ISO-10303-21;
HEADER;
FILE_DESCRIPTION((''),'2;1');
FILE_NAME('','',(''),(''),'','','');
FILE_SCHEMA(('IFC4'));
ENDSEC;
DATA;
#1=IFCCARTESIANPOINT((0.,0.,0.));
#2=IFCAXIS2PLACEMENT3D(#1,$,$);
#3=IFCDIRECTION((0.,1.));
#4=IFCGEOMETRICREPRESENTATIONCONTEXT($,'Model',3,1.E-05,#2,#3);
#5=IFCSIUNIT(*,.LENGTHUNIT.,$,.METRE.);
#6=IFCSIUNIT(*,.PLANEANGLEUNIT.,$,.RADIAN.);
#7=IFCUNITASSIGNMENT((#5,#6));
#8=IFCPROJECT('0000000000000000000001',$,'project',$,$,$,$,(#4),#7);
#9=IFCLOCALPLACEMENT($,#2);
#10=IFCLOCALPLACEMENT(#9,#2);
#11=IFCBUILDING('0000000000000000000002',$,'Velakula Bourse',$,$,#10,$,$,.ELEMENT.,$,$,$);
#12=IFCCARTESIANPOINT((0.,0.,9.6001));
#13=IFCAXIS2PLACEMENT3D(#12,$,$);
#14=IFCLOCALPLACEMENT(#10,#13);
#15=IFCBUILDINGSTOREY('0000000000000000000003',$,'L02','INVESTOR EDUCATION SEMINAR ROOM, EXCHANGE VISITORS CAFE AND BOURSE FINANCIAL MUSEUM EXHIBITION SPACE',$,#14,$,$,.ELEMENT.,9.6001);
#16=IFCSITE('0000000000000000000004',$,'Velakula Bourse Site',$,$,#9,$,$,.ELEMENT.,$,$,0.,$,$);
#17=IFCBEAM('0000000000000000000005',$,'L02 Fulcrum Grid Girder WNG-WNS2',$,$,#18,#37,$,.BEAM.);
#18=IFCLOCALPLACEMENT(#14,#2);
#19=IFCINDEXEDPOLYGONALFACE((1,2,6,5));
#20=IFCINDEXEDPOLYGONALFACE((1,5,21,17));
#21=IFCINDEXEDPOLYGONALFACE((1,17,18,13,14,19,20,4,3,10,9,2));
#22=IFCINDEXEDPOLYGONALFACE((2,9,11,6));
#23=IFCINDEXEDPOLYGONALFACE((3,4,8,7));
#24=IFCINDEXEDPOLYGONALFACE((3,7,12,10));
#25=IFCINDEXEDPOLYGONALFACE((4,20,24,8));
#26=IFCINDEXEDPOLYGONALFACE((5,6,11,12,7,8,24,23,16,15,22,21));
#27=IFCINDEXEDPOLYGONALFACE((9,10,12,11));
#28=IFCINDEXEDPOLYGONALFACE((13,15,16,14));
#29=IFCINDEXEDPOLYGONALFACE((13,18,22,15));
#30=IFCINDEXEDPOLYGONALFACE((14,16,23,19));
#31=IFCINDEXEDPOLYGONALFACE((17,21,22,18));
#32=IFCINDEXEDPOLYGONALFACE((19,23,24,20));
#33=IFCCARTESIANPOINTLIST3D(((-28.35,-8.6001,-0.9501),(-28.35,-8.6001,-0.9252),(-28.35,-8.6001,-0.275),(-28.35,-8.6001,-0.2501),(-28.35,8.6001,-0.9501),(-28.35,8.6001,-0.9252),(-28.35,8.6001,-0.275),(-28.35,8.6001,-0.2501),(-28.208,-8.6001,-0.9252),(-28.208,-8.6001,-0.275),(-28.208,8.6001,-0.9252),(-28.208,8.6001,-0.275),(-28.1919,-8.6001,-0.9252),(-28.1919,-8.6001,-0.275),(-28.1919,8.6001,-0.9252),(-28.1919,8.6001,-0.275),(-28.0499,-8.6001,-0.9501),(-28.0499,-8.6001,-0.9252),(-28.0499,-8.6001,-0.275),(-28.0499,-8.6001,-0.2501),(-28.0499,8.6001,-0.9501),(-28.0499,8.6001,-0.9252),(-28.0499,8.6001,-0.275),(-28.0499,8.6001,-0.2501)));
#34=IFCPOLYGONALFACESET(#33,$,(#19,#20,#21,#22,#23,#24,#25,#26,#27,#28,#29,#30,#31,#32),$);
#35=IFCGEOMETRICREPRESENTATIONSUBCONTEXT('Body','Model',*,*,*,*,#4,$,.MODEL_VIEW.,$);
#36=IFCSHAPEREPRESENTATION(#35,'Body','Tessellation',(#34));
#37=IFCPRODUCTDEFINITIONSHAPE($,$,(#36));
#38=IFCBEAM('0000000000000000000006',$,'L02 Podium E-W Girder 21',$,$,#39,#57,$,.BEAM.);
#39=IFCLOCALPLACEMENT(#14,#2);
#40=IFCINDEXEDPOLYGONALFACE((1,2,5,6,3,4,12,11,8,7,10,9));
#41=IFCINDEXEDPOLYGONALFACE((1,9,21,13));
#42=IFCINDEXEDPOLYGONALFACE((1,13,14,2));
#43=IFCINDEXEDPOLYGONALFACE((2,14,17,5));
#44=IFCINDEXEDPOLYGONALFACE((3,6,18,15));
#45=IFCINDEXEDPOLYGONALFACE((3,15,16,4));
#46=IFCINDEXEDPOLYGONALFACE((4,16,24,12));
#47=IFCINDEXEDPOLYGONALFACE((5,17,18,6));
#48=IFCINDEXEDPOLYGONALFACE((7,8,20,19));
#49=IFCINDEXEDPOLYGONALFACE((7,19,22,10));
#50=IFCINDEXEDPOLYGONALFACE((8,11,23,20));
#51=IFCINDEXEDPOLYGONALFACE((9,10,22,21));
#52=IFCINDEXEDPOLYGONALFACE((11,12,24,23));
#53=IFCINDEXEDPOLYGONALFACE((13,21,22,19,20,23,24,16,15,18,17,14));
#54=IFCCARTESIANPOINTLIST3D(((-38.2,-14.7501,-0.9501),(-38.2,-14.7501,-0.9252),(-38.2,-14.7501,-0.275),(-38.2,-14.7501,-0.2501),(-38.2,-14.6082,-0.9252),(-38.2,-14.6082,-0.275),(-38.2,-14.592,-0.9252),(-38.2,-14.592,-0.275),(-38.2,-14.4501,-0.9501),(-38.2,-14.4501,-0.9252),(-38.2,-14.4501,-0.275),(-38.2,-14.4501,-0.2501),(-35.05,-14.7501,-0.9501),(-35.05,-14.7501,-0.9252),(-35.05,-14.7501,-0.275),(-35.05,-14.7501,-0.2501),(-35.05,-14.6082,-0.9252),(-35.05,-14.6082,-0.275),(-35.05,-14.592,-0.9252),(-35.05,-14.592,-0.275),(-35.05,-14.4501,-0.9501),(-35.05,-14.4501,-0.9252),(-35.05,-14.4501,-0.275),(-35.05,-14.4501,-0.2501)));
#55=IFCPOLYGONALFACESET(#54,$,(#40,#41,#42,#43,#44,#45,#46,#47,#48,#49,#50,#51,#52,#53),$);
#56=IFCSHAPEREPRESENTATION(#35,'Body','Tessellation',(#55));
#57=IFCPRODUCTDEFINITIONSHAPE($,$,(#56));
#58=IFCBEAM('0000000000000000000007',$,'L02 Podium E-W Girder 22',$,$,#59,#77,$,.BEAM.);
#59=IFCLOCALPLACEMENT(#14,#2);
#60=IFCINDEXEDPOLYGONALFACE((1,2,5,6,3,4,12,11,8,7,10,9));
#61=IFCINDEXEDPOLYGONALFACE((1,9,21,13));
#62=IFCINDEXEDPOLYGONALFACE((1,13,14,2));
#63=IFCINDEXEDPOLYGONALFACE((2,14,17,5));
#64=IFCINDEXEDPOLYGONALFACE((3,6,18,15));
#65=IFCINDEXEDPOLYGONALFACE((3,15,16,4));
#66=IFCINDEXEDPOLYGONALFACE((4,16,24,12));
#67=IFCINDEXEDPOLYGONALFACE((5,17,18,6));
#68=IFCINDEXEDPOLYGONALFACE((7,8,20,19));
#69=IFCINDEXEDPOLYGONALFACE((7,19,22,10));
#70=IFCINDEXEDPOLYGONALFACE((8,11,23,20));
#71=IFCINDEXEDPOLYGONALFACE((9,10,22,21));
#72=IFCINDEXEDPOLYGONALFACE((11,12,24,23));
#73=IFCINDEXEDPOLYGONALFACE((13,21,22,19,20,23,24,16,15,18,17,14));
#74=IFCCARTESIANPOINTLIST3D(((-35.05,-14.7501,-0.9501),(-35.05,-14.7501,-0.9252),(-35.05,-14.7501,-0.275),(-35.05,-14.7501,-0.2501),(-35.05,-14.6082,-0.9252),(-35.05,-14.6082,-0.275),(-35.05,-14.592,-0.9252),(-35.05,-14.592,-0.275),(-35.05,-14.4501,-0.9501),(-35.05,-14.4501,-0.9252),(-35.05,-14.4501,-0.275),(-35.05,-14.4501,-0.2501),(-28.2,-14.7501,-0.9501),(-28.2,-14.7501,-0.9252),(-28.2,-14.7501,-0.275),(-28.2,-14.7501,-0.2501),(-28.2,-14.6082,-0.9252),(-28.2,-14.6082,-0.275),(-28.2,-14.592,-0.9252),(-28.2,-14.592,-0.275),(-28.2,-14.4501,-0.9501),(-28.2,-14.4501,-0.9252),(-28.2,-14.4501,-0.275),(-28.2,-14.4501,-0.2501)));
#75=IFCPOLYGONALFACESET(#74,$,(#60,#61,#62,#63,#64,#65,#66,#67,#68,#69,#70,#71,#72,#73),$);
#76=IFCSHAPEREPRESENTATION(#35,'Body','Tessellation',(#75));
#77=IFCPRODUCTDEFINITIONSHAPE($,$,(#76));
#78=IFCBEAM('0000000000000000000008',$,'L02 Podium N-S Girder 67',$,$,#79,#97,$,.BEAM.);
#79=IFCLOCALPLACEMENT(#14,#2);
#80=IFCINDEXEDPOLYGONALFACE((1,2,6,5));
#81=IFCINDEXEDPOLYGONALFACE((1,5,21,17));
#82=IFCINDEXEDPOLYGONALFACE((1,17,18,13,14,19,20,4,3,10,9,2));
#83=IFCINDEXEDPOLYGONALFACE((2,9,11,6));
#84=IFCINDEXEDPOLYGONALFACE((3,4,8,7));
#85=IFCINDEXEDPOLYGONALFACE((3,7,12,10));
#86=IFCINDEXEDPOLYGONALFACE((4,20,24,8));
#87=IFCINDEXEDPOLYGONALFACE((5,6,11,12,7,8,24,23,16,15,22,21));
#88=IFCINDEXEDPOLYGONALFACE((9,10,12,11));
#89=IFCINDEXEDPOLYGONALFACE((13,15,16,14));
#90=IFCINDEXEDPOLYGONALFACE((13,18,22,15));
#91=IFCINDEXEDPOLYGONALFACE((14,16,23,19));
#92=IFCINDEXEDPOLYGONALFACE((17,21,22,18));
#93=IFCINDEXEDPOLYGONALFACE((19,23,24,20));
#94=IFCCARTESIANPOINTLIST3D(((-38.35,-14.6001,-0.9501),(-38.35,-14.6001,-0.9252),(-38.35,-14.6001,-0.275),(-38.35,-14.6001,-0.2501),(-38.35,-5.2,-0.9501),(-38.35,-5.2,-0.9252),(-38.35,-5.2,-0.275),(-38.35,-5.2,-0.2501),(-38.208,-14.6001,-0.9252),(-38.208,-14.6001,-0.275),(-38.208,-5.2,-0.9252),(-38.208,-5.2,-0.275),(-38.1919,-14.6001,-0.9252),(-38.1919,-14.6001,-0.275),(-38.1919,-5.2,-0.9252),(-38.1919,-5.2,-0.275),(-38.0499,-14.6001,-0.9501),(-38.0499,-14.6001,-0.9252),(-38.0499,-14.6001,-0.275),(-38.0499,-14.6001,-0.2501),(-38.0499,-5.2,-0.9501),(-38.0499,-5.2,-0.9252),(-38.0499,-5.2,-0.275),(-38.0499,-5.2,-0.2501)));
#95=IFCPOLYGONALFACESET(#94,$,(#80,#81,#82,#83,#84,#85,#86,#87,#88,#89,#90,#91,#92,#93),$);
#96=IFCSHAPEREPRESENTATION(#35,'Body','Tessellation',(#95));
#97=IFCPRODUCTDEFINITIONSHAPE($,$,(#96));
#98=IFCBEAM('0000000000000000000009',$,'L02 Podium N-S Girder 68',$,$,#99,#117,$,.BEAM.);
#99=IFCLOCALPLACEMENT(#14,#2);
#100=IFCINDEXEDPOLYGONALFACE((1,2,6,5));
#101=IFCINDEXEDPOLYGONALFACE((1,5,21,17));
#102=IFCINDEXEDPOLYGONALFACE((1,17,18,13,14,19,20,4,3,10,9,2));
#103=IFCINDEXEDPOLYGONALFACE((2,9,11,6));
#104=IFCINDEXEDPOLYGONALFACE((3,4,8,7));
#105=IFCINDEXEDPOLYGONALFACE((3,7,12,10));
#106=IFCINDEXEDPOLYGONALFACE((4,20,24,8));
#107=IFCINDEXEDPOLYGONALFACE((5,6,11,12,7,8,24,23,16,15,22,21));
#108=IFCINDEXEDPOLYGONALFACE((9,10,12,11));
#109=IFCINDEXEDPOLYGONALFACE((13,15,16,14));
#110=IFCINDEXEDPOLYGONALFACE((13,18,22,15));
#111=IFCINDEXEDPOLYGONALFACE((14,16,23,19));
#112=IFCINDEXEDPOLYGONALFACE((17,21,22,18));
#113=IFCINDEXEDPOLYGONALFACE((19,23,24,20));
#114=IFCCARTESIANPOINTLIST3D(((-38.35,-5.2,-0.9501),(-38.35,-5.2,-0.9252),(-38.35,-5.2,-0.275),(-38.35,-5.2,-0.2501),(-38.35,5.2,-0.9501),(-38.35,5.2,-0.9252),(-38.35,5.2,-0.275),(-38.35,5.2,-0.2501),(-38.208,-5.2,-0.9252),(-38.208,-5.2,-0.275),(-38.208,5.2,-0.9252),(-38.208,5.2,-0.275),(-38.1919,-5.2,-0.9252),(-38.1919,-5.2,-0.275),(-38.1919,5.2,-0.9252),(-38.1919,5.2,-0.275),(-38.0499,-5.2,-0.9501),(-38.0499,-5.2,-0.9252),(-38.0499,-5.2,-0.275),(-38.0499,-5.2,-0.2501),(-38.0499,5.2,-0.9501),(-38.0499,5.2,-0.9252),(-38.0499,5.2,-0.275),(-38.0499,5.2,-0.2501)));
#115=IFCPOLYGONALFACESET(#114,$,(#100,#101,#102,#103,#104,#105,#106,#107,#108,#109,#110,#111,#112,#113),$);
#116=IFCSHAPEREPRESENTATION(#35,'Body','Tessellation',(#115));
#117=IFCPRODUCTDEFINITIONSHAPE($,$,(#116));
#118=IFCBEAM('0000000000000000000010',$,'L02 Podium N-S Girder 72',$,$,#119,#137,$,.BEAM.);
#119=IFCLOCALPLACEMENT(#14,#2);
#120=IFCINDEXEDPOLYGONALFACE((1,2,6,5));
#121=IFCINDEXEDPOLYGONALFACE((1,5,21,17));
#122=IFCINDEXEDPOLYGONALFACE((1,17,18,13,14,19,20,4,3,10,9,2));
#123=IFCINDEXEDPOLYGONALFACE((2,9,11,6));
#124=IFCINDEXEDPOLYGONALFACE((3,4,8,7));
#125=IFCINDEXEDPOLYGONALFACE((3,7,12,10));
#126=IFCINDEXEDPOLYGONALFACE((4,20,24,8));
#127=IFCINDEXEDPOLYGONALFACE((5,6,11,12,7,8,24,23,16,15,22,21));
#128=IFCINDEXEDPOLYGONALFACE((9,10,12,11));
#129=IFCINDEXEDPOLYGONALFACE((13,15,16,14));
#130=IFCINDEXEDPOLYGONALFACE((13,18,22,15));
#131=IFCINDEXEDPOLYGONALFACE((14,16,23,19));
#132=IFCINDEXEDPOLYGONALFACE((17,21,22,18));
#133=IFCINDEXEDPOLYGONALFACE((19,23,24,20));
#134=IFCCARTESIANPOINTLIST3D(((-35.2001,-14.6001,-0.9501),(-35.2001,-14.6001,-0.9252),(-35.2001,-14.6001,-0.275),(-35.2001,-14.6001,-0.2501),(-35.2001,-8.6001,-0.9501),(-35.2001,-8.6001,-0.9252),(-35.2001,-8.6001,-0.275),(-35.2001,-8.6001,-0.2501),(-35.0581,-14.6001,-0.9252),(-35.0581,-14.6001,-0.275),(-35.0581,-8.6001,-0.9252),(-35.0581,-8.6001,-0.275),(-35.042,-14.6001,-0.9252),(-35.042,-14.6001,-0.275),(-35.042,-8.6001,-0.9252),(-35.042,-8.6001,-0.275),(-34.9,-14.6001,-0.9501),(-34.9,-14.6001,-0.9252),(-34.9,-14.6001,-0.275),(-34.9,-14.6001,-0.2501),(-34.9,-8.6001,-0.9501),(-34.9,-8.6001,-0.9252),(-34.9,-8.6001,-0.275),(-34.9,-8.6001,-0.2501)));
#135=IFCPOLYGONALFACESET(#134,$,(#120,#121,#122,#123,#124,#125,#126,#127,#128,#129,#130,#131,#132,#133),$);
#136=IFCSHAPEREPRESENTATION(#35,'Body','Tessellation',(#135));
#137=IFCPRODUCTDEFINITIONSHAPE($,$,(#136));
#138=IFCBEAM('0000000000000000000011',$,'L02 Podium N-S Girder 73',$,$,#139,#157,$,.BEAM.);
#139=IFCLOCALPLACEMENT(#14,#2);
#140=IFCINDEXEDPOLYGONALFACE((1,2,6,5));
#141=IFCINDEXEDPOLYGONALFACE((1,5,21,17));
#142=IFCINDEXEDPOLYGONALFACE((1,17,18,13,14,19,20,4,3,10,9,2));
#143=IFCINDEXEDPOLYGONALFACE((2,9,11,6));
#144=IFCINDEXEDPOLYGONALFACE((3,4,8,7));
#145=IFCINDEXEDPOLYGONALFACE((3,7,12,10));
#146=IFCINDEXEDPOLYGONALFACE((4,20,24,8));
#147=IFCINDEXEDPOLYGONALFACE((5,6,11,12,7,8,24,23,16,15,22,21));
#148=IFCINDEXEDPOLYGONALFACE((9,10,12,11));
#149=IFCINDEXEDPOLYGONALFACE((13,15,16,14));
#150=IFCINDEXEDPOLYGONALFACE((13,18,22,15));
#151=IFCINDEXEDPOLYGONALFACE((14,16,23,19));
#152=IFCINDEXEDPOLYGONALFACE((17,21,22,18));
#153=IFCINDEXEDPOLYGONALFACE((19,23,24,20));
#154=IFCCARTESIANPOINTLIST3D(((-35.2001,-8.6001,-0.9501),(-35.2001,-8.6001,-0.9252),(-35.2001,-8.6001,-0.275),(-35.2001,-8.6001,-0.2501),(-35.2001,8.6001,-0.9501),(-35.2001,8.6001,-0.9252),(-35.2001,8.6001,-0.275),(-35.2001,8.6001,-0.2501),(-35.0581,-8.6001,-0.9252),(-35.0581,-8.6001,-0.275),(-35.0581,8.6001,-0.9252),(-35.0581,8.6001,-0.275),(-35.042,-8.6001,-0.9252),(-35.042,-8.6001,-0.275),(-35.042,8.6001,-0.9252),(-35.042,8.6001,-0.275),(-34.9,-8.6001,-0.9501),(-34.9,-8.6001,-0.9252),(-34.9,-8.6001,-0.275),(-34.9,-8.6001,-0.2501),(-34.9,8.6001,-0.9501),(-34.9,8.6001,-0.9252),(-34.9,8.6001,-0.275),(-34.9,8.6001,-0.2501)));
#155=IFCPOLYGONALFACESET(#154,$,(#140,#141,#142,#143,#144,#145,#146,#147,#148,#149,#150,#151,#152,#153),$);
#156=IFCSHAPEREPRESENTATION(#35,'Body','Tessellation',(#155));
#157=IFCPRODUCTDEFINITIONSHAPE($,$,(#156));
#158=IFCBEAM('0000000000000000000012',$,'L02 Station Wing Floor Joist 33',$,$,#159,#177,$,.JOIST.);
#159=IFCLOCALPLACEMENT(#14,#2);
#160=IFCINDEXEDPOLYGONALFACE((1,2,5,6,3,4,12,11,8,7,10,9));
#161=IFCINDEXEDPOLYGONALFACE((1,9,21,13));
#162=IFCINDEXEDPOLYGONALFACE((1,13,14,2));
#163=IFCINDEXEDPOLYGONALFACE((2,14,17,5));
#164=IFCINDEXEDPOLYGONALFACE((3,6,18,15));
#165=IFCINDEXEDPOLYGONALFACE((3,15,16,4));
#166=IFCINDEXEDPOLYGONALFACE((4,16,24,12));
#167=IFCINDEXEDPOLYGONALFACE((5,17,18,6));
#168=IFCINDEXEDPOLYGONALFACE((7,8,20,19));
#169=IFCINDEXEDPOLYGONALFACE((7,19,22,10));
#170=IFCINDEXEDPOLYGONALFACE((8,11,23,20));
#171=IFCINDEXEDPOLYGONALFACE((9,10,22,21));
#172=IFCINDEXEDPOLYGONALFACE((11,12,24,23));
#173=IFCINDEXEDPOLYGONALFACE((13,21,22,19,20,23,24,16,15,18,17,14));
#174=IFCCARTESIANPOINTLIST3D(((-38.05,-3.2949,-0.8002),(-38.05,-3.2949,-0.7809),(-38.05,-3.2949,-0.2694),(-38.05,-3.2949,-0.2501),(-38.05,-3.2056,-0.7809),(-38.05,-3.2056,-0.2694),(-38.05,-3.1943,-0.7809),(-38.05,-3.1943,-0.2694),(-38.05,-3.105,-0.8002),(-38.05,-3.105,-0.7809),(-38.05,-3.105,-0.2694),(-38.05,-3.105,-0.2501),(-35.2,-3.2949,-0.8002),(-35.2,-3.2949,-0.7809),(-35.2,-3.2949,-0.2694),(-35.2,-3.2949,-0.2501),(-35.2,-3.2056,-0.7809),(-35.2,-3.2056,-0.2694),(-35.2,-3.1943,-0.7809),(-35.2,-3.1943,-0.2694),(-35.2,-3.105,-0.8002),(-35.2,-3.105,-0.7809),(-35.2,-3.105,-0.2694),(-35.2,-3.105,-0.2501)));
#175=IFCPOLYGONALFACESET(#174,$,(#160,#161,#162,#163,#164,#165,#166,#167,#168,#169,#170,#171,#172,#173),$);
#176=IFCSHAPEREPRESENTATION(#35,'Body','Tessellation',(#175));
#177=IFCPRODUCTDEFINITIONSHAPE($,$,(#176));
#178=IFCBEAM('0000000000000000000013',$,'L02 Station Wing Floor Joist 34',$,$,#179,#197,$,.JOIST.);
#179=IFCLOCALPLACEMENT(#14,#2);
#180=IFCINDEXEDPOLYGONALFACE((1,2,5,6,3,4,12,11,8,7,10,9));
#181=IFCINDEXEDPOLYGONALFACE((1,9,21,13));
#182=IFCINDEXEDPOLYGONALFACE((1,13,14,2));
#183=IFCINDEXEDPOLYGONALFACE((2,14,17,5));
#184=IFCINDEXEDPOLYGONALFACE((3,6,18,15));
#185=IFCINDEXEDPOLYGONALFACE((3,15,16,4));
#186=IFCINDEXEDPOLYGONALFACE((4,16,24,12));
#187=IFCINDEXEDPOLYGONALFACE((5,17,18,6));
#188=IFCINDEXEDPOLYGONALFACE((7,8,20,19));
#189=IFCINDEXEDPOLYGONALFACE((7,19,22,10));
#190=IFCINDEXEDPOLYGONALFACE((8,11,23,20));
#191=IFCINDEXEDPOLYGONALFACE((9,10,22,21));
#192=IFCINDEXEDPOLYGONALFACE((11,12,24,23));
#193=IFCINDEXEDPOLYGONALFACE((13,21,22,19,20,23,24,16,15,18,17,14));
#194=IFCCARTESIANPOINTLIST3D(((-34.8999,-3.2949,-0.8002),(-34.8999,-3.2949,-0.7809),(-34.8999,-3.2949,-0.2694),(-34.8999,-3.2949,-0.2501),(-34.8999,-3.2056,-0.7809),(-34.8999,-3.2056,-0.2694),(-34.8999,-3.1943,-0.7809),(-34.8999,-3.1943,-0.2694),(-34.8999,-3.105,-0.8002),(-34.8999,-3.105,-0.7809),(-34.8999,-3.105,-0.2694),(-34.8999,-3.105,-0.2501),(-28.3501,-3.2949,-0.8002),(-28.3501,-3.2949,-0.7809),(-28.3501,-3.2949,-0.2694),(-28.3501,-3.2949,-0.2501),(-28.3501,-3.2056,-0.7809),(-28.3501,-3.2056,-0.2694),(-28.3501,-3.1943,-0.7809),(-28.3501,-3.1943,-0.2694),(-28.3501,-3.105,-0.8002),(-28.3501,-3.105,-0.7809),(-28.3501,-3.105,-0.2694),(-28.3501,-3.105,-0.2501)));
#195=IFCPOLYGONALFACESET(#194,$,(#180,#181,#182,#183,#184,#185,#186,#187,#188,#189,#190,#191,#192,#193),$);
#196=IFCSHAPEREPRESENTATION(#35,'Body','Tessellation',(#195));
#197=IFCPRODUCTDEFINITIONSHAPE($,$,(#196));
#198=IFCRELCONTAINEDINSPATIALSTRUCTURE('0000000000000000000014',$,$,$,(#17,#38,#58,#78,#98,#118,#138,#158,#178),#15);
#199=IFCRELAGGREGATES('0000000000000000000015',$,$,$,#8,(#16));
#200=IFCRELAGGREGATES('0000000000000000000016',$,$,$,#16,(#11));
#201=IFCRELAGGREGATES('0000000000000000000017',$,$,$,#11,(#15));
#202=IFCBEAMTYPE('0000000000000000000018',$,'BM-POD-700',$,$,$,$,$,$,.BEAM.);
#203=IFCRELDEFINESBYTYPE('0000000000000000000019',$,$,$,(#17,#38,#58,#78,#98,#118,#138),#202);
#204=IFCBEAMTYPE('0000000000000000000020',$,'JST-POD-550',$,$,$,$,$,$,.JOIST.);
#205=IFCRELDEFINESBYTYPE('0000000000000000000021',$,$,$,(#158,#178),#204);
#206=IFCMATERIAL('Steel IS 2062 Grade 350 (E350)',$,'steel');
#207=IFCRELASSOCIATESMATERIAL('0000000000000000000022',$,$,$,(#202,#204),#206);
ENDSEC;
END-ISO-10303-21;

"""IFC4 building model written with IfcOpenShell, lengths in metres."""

from ifc_helpers import new_model, si_unit, direction, frame, origin, origin_2d, place, context, subcontext, project, spatial, i_section, extrude, material, material_profile, profile_set, type_object, element, save


model = new_model("IFC4")

# Units and contexts
model_context = context("Model", 3, precision=1e-05, world=origin(), true_north=direction((0.0, 1.0)))
body_context = subcontext(model_context, "Body", "Model", "MODEL_VIEW")
ifc_project = project(units=[si_unit("LENGTHUNIT", "METRE"), si_unit("PLANEANGLEUNIT", "RADIAN")], contexts=[model_context])

# Site, building, storey
site_placement = place(None, origin())
site = spatial("IfcSite", under=ifc_project, at=site_placement, Name="Velakula Bourse Site", CompositionType="ELEMENT", RefElevation=0.0)
building_placement = place(site_placement, origin())
building = spatial("IfcBuilding", under=site, at=building_placement, Name="Velakula Bourse", CompositionType="ELEMENT")
storey_placement = place(building_placement, frame((0.0, 0.0, 9.6001)))
storey = spatial("IfcBuildingStorey", under=building, at=storey_placement, Name="L02", Description="INVESTOR EDUCATION SEMINAR ROOM, EXCHANGE VISITORS CAFE AND BOURSE FINANCIAL MUSEUM EXHIBITION SPACE", CompositionType="ELEMENT", Elevation=9.6001)

# Beams
ifc_material_1 = material(Name="Steel IS 2062 Grade 350 (E350)", Category="steel")
ifc_material_profile_1 = material_profile(ifc_material_1, i_section(OverallWidth=0.3, OverallDepth=0.7, WebThickness=0.0161, FlangeThickness=0.0249, at=origin_2d()), Name="Steel IS 2062 Grade 350 (E350)")
ifc_profile_set_1 = profile_set([ifc_material_profile_1], Name="Steel IS 2062 Grade 350 (E350)")
beam_type_1 = type_object("IfcBeamType", Name="BM-POD-700", PredefinedType="BEAM", material=ifc_profile_set_1)
beam_1_placement = place(storey_placement, frame((-28.2, -8.6001, -0.6001), z_axis=(0.0, 1.0, 0.0), x_axis=(-1.0, 0.0, 0.0)))
element("IfcBeam", 1, at=beam_1_placement, inside=storey, type_object=beam_type_1, Name="L02 Fulcrum Grid Girder WNG-WNS2", PredefinedType="BEAM", context=body_context, shape_type="SweptSolid", body=[
    extrude(i_section(OverallWidth=0.3, OverallDepth=0.7, WebThickness=0.0161, FlangeThickness=0.0249, at=origin_2d()), origin(), (0.0, 0.0, 1.0), 17.2002),
])
beam_2_placement = place(storey_placement, frame((-38.2, -14.6001, -0.6001), z_axis=(1.0, 0.0, 0.0), x_axis=(0.0, 1.0, 0.0)))
element("IfcBeam", 2, at=beam_2_placement, inside=storey, type_object=beam_type_1, Name="L02 Podium E-W Girder 21", PredefinedType="BEAM", context=body_context, shape_type="SweptSolid", body=[
    extrude(i_section(OverallWidth=0.3, OverallDepth=0.7, WebThickness=0.0161, FlangeThickness=0.0249, at=origin_2d()), origin(), (0.0, 0.0, 1.0), 3.1499),
])
beam_3_placement = place(storey_placement, frame((-35.05, -14.6001, -0.6001), z_axis=(1.0, 0.0, 0.0), x_axis=(0.0, 1.0, 0.0)))
element("IfcBeam", 3, at=beam_3_placement, inside=storey, type_object=beam_type_1, Name="L02 Podium E-W Girder 22", PredefinedType="BEAM", context=body_context, shape_type="SweptSolid", body=[
    extrude(i_section(OverallWidth=0.3, OverallDepth=0.7, WebThickness=0.0161, FlangeThickness=0.0249, at=origin_2d()), origin(), (0.0, 0.0, 1.0), 6.8501),
])
beam_4_placement = place(storey_placement, frame((-38.2, -14.6001, -0.6001), z_axis=(0.0, 1.0, 0.0), x_axis=(-1.0, 0.0, 0.0)))
element("IfcBeam", 4, at=beam_4_placement, inside=storey, type_object=beam_type_1, Name="L02 Podium N-S Girder 67", PredefinedType="BEAM", context=body_context, shape_type="SweptSolid", body=[
    extrude(i_section(OverallWidth=0.3, OverallDepth=0.7, WebThickness=0.0161, FlangeThickness=0.0249, at=origin_2d()), origin(), (0.0, 0.0, 1.0), 9.4001),
])
beam_5_placement = place(storey_placement, frame((-38.2, -5.2, -0.6001), z_axis=(0.0, 1.0, 0.0), x_axis=(-1.0, 0.0, 0.0)))
element("IfcBeam", 5, at=beam_5_placement, inside=storey, type_object=beam_type_1, Name="L02 Podium N-S Girder 68", PredefinedType="BEAM", context=body_context, shape_type="SweptSolid", body=[
    extrude(i_section(OverallWidth=0.3, OverallDepth=0.7, WebThickness=0.0161, FlangeThickness=0.0249, at=origin_2d()), origin(), (0.0, 0.0, 1.0), 10.3999),
])
beam_6_placement = place(storey_placement, frame((-35.05, -14.6001, -0.6001), z_axis=(0.0, 1.0, 0.0), x_axis=(-1.0, 0.0, 0.0)))
element("IfcBeam", 6, at=beam_6_placement, inside=storey, type_object=beam_type_1, Name="L02 Podium N-S Girder 72", PredefinedType="BEAM", context=body_context, shape_type="SweptSolid", body=[
    extrude(i_section(OverallWidth=0.3, OverallDepth=0.7, WebThickness=0.0161, FlangeThickness=0.0249, at=origin_2d()), origin(), (0.0, 0.0, 1.0), 6.0),
])
beam_7_placement = place(storey_placement, frame((-35.05, -8.6001, -0.6001), z_axis=(0.0, 1.0, 0.0), x_axis=(-1.0, 0.0, 0.0)))
element("IfcBeam", 7, at=beam_7_placement, inside=storey, type_object=beam_type_1, Name="L02 Podium N-S Girder 73", PredefinedType="BEAM", context=body_context, shape_type="SweptSolid", body=[
    extrude(i_section(OverallWidth=0.3, OverallDepth=0.7, WebThickness=0.0161, FlangeThickness=0.0249, at=origin_2d()), origin(), (0.0, 0.0, 1.0), 17.2002),
])
ifc_material_profile_2 = material_profile(ifc_material_1, i_section(OverallWidth=0.1899, OverallDepth=0.55, WebThickness=0.0112, FlangeThickness=0.0193, at=origin_2d()), Name="Steel IS 2062 Grade 350 (E350)")
ifc_profile_set_2 = profile_set([ifc_material_profile_2], Name="Steel IS 2062 Grade 350 (E350)")
beam_type_2 = type_object("IfcBeamType", Name="JST-POD-550", PredefinedType="JOIST", material=ifc_profile_set_2)
beam_8_placement = place(storey_placement, frame((-38.05, -3.2, -0.5251), z_axis=(1.0, 0.0, 0.0), x_axis=(0.0, 1.0, 0.0)))
element("IfcBeam", 8, at=beam_8_placement, inside=storey, type_object=beam_type_2, Name="L02 Station Wing Floor Joist 33", PredefinedType="JOIST", context=body_context, shape_type="SweptSolid", body=[
    extrude(i_section(OverallWidth=0.1899, OverallDepth=0.55, WebThickness=0.0112, FlangeThickness=0.0193, at=origin_2d()), origin(), (0.0, 0.0, 1.0), 2.8501),
])
beam_9_placement = place(storey_placement, frame((-34.8999, -3.2, -0.5251), z_axis=(1.0, 0.0, 0.0), x_axis=(0.0, 1.0, 0.0)))
element("IfcBeam", 9, at=beam_9_placement, inside=storey, type_object=beam_type_2, Name="L02 Station Wing Floor Joist 34", PredefinedType="JOIST", context=body_context, shape_type="SweptSolid", body=[
    extrude(i_section(OverallWidth=0.1899, OverallDepth=0.55, WebThickness=0.0112, FlangeThickness=0.0193, at=origin_2d()), origin(), (0.0, 0.0, 1.0), 6.5498),
])

save(model, "model.ifc")
